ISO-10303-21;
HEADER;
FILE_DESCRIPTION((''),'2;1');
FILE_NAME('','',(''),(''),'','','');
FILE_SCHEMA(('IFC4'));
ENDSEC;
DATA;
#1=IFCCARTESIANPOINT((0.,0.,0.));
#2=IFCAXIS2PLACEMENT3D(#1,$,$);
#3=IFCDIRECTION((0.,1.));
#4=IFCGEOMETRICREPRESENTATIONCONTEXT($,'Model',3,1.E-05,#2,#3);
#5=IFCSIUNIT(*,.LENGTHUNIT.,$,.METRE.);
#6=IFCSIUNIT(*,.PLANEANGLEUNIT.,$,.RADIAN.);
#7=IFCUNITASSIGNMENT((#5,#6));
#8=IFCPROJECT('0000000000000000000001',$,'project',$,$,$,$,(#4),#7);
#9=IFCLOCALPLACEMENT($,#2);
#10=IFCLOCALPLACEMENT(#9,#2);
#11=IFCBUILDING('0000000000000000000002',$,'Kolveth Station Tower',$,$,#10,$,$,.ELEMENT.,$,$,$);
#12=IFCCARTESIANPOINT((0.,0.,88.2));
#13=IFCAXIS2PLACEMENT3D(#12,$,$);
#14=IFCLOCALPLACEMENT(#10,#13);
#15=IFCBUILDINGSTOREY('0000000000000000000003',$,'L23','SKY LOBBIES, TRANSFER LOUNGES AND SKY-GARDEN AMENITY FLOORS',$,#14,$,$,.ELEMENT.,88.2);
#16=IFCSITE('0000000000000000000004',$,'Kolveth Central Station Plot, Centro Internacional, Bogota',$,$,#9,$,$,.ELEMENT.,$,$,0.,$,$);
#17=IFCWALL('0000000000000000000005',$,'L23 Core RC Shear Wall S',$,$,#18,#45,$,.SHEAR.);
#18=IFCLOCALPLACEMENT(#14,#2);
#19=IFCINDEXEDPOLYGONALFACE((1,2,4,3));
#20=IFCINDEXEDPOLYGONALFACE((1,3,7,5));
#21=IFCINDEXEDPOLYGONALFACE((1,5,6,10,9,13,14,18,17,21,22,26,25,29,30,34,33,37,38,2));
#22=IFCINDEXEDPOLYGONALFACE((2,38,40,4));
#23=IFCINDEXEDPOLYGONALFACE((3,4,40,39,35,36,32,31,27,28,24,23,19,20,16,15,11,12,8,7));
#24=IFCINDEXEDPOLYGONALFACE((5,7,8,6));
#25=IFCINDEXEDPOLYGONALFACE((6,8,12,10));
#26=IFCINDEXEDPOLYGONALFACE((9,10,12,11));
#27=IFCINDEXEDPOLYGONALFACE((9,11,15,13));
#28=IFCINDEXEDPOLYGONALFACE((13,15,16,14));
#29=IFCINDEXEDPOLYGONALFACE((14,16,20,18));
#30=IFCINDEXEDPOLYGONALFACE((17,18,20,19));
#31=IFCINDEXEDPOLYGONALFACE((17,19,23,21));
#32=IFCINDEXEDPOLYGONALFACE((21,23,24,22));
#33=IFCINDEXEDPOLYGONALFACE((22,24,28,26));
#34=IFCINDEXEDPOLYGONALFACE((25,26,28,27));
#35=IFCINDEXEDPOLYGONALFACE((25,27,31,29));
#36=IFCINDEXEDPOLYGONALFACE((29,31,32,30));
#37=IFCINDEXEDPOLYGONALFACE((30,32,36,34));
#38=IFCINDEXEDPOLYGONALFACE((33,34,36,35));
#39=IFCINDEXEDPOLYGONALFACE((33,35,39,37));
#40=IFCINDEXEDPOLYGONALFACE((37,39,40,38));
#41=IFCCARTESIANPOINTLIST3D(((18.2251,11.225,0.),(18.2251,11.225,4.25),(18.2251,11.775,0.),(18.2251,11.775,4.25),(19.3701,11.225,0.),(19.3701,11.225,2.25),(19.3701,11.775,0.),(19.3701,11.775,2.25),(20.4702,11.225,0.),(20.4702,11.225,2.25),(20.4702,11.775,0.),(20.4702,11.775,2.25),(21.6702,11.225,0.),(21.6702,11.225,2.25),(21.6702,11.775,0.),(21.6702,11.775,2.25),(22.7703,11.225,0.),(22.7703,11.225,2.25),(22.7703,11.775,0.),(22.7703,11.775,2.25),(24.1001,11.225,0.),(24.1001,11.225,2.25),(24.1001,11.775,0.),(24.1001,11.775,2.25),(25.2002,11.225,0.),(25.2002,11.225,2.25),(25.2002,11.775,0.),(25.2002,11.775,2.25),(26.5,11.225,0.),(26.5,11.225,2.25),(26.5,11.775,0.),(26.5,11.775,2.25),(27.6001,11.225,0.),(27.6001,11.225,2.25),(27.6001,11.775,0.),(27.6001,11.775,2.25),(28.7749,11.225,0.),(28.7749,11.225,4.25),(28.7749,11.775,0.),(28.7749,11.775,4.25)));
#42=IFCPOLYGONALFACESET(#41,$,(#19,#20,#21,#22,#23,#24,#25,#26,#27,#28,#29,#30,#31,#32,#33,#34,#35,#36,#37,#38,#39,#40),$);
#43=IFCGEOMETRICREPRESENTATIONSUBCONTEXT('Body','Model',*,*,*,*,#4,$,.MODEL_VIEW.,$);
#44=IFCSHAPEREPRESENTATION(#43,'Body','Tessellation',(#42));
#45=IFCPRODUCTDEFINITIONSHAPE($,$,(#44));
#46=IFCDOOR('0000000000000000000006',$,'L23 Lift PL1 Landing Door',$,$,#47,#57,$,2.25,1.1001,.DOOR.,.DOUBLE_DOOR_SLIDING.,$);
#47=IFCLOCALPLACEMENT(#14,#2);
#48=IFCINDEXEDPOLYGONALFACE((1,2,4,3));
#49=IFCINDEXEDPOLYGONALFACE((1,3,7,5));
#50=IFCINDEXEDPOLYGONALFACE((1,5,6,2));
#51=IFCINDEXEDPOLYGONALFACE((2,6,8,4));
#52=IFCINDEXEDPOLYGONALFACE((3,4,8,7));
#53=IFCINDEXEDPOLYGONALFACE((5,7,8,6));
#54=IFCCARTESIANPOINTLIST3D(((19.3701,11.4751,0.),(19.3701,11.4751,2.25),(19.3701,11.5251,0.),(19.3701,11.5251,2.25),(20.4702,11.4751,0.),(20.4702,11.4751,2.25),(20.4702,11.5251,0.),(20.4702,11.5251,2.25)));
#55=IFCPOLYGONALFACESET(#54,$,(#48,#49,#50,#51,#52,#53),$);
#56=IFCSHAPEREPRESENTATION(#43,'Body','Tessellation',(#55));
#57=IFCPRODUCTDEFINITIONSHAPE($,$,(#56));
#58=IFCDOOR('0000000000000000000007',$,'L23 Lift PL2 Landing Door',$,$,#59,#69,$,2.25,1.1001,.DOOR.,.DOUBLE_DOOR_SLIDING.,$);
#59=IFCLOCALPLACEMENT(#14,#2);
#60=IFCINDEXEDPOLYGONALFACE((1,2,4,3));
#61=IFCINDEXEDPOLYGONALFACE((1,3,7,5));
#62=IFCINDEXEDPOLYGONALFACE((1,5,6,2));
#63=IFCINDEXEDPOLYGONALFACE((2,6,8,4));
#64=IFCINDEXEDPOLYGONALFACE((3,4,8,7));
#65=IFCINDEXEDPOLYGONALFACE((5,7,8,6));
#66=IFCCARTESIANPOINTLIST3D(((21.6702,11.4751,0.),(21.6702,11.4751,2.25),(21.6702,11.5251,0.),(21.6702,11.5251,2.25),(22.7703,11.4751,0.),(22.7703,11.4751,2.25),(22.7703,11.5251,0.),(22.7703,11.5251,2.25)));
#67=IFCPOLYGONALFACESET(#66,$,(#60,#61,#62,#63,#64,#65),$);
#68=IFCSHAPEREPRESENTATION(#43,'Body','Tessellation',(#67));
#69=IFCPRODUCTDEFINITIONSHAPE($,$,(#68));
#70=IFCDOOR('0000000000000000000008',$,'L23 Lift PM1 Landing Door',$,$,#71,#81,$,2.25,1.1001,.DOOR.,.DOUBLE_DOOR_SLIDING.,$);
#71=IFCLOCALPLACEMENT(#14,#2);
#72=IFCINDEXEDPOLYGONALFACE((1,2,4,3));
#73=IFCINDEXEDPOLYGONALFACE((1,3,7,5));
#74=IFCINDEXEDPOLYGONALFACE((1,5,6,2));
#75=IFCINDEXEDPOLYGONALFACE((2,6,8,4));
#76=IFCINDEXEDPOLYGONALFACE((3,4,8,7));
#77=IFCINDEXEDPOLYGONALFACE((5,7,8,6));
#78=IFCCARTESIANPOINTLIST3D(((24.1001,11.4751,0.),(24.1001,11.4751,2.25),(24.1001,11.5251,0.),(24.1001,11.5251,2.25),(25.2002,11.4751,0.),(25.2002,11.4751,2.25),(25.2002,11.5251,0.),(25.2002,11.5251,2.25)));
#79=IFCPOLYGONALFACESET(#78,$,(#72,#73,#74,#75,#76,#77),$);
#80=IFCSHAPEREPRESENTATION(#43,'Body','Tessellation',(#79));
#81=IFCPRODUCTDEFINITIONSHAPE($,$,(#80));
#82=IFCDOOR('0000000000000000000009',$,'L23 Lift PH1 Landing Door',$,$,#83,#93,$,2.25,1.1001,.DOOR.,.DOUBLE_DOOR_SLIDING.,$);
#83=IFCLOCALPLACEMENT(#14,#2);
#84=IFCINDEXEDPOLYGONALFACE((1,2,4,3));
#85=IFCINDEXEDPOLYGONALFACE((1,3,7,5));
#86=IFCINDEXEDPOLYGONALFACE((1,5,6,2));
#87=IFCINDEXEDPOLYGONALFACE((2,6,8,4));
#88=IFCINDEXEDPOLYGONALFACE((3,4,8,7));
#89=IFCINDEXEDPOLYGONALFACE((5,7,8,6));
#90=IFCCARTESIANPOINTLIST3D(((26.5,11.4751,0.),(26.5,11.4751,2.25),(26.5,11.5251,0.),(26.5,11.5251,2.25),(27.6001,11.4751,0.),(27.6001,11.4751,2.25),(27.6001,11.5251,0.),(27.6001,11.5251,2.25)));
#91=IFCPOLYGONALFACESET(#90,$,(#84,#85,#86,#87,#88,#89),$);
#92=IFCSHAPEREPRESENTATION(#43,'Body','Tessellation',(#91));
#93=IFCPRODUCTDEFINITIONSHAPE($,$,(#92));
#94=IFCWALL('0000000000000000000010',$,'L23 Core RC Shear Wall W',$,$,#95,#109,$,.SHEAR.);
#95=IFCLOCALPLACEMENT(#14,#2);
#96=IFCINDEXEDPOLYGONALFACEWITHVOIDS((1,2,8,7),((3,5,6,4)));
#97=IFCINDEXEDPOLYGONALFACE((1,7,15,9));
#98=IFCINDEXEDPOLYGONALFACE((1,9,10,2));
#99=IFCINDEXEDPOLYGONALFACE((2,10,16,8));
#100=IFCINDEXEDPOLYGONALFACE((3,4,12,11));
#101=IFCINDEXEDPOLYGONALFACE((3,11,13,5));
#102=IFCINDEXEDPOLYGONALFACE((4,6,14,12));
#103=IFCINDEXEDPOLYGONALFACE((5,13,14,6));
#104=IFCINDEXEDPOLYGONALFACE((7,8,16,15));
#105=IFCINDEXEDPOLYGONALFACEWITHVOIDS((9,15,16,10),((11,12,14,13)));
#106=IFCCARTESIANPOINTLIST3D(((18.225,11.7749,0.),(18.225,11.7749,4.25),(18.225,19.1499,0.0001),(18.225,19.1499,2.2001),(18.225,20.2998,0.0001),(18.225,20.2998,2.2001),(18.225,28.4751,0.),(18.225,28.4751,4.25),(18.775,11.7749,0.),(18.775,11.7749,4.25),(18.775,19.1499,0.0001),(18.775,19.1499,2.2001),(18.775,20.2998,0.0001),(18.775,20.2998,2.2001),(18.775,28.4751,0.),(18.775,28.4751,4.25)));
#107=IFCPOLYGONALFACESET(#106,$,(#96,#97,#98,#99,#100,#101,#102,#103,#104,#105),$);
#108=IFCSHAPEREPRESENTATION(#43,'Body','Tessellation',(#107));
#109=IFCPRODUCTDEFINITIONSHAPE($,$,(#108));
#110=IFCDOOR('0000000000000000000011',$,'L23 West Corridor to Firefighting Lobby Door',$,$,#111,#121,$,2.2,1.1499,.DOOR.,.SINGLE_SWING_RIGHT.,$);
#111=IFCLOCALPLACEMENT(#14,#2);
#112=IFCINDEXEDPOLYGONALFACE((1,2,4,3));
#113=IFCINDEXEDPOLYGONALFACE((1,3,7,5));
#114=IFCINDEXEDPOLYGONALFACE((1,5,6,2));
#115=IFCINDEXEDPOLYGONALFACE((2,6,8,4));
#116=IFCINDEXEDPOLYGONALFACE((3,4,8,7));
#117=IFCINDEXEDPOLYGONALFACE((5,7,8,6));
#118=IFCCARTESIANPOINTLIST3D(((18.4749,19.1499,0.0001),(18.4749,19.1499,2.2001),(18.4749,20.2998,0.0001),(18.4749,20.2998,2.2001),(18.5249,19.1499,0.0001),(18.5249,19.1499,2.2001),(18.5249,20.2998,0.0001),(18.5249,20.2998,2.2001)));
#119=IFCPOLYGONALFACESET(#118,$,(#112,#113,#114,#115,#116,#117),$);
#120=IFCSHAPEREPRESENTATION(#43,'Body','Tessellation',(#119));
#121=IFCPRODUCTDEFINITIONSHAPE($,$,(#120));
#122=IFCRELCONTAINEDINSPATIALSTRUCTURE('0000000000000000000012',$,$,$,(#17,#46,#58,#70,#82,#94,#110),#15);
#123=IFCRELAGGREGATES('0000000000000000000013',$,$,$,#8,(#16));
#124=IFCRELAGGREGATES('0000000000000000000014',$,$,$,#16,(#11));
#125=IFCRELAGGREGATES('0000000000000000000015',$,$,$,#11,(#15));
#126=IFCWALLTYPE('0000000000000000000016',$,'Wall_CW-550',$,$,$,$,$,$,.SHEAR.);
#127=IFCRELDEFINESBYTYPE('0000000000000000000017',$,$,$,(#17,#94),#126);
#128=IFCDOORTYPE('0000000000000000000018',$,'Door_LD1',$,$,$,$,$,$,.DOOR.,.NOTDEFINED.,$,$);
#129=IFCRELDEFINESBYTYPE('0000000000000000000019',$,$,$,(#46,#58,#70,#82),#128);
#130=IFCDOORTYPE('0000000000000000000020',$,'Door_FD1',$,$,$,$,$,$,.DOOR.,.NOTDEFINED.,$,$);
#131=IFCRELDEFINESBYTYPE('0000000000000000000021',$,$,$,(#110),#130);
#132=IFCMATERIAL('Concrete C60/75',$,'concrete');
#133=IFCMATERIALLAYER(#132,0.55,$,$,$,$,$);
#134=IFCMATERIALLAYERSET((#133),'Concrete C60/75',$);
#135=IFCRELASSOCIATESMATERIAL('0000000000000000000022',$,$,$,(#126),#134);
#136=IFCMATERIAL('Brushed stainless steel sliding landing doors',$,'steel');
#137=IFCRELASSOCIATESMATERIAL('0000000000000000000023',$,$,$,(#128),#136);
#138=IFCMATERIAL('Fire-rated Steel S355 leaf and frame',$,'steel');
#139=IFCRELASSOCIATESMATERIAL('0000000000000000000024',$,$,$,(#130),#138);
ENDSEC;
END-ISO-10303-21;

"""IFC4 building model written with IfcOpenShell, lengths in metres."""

from ifc_helpers import new_model, si_unit, direction, frame, frame_2d, origin, place, context, subcontext, project, spatial, rectangle, extrude, material, layer, layer_set, type_object, element, fill, save


model = new_model("IFC4")

# Units and contexts
model_context = context("Model", 3, precision=1e-05, world=origin(), true_north=direction((0.0, 1.0)))
body_context = subcontext(model_context, "Body", "Model", "MODEL_VIEW")
ifc_project = project(units=[si_unit("LENGTHUNIT", "METRE"), si_unit("PLANEANGLEUNIT", "RADIAN")], contexts=[model_context])

# Site, building, storey
site_placement = place(None, origin())
site = spatial("IfcSite", under=ifc_project, at=site_placement, Name="Kolveth Central Station Plot, Centro Internacional, Bogota", CompositionType="ELEMENT", RefElevation=0.0)
building_placement = place(site_placement, origin())
building = spatial("IfcBuilding", under=site, at=building_placement, Name="Kolveth Station Tower", CompositionType="ELEMENT")
storey_placement = place(building_placement, frame((0.0, 0.0, 88.2)))
storey = spatial("IfcBuildingStorey", under=building, at=storey_placement, Name="L23", Description="SKY LOBBIES, TRANSFER LOUNGES AND SKY-GARDEN AMENITY FLOORS", CompositionType="ELEMENT", Elevation=88.2)

# Wall, openings, doors
ifc_material_1 = material(Name="Concrete C60/75", Category="concrete")
ifc_layer_1 = layer(ifc_material_1, 0.55)
ifc_layer_set_1 = layer_set([ifc_layer_1], Name="Concrete C60/75")
wall_type_1 = type_object("IfcWallType", Name="Wall_CW-550", PredefinedType="SHEAR", material=ifc_layer_set_1)
wall_1_placement = place(storey_placement, frame((18.2251, 11.5, 0.0), z_axis=(0.0, 0.0, 1.0), x_axis=(1.0, 0.0, 0.0)))
wall_1 = element("IfcWall", 1, at=wall_1_placement, inside=storey, type_object=wall_type_1, Name="L23 Core RC Shear Wall S", PredefinedType="SHEAR", context=body_context, shape_type="SweptSolid", body=[
    extrude(rectangle(XDim=10.5498, YDim=0.55, at=frame_2d((5.2749, 0.0))), origin(), (0.0, 0.0, 1.0), 4.25),
])
opening_1_placement = place(wall_1_placement, frame((1.145, 0.0, 0.0)))
opening_1 = element("IfcOpeningElement", 2, at=opening_1_placement, cuts=wall_1, PredefinedType="OPENING", context=body_context, shape_type="SweptSolid", body=[
    extrude(rectangle(XDim=1.1001, YDim=2.25, at=frame_2d((0.55, 1.125))), frame((0.0, 0.2849, 0.0), z_axis=(0.0, -1.0, 0.0), x_axis=(1.0, 0.0, 0.0)), (0.0, 0.0, 1.0), 0.5701),
])
opening_2_placement = place(wall_1_placement, frame((3.4451, 0.0, 0.0)))
opening_2 = element("IfcOpeningElement", 3, at=opening_2_placement, cuts=wall_1, PredefinedType="OPENING", context=body_context, shape_type="SweptSolid", body=[
    extrude(rectangle(XDim=1.1001, YDim=2.25, at=frame_2d((0.55, 1.125))), frame((0.0, 0.2849, 0.0), z_axis=(0.0, -1.0, 0.0), x_axis=(1.0, 0.0, 0.0)), (0.0, 0.0, 1.0), 0.5701),
])
opening_3_placement = place(wall_1_placement, frame((5.875, 0.0, 0.0)))
opening_3 = element("IfcOpeningElement", 4, at=opening_3_placement, cuts=wall_1, PredefinedType="OPENING", context=body_context, shape_type="SweptSolid", body=[
    extrude(rectangle(XDim=1.1001, YDim=2.25, at=frame_2d((0.55, 1.125))), frame((0.0, 0.2849, 0.0), z_axis=(0.0, -1.0, 0.0), x_axis=(1.0, 0.0, 0.0)), (0.0, 0.0, 1.0), 0.5701),
])
opening_4_placement = place(wall_1_placement, frame((8.2749, 0.0, 0.0)))
opening_4 = element("IfcOpeningElement", 5, at=opening_4_placement, cuts=wall_1, PredefinedType="OPENING", context=body_context, shape_type="SweptSolid", body=[
    extrude(rectangle(XDim=1.1001, YDim=2.25, at=frame_2d((0.55, 1.125))), frame((0.0, 0.2849, 0.0), z_axis=(0.0, -1.0, 0.0), x_axis=(1.0, 0.0, 0.0)), (0.0, 0.0, 1.0), 0.5701),
])
ifc_material_2 = material(Name="Brushed stainless steel sliding landing doors", Category="steel")
door_type_1 = type_object("IfcDoorType", Name="Door_LD1", OperationType="NOTDEFINED", PredefinedType="DOOR", material=ifc_material_2)
door_1_placement = place(opening_1_placement, frame((1.1001, 0.0, 0.0), z_axis=(0.0, 0.0, 1.0), x_axis=(-1.0, 0.0, 0.0)))
door_1 = element("IfcDoor", 6, at=door_1_placement, inside=storey, type_object=door_type_1, Name="L23 Lift PL1 Landing Door", OperationType="DOUBLE_DOOR_SLIDING", OverallHeight=2.25, OverallWidth=1.1001, PredefinedType="DOOR", context=body_context, shape_type="SweptSolid", body=[
    extrude(rectangle(XDim=1.1001, YDim=2.25, at=frame_2d((0.55, 1.125))), frame((0.0, 0.0249, 0.0), z_axis=(0.0, -1.0, 0.0), x_axis=(1.0, 0.0, 0.0)), (0.0, 0.0, 1.0), 0.05),
])
fill(opening_1, door_1)
door_2_placement = place(opening_2_placement, frame((1.1001, 0.0, 0.0), z_axis=(0.0, 0.0, 1.0), x_axis=(-1.0, 0.0, 0.0)))
door_2 = element("IfcDoor", 7, at=door_2_placement, inside=storey, type_object=door_type_1, Name="L23 Lift PL2 Landing Door", OperationType="DOUBLE_DOOR_SLIDING", OverallHeight=2.25, OverallWidth=1.1001, PredefinedType="DOOR", context=body_context, shape_type="SweptSolid", body=[
    extrude(rectangle(XDim=1.1001, YDim=2.25, at=frame_2d((0.55, 1.125))), frame((0.0, 0.0249, 0.0), z_axis=(0.0, -1.0, 0.0), x_axis=(1.0, 0.0, 0.0)), (0.0, 0.0, 1.0), 0.05),
])
fill(opening_2, door_2)
door_3_placement = place(opening_3_placement, frame((1.1001, 0.0, 0.0), z_axis=(0.0, 0.0, 1.0), x_axis=(-1.0, 0.0, 0.0)))
door_3 = element("IfcDoor", 8, at=door_3_placement, inside=storey, type_object=door_type_1, Name="L23 Lift PM1 Landing Door", OperationType="DOUBLE_DOOR_SLIDING", OverallHeight=2.25, OverallWidth=1.1001, PredefinedType="DOOR", context=body_context, shape_type="SweptSolid", body=[
    extrude(rectangle(XDim=1.1001, YDim=2.25, at=frame_2d((0.55, 1.125))), frame((0.0, 0.0249, 0.0), z_axis=(0.0, -1.0, 0.0), x_axis=(1.0, 0.0, 0.0)), (0.0, 0.0, 1.0), 0.05),
])
fill(opening_3, door_3)
door_4_placement = place(opening_4_placement, frame((1.1001, 0.0, 0.0), z_axis=(0.0, 0.0, 1.0), x_axis=(-1.0, 0.0, 0.0)))
door_4 = element("IfcDoor", 9, at=door_4_placement, inside=storey, type_object=door_type_1, Name="L23 Lift PH1 Landing Door", OperationType="DOUBLE_DOOR_SLIDING", OverallHeight=2.25, OverallWidth=1.1001, PredefinedType="DOOR", context=body_context, shape_type="SweptSolid", body=[
    extrude(rectangle(XDim=1.1001, YDim=2.25, at=frame_2d((0.55, 1.125))), frame((0.0, 0.0249, 0.0), z_axis=(0.0, -1.0, 0.0), x_axis=(1.0, 0.0, 0.0)), (0.0, 0.0, 1.0), 0.05),
])
fill(opening_4, door_4)

# Wall, opening, door
wall_2_placement = place(storey_placement, frame((18.5, 11.7749, 0.0), z_axis=(0.0, 0.0, 1.0), x_axis=(0.0, 1.0, 0.0)))
wall_2 = element("IfcWall", 10, at=wall_2_placement, inside=storey, type_object=wall_type_1, Name="L23 Core RC Shear Wall W", PredefinedType="SHEAR", context=body_context, shape_type="SweptSolid", body=[
    extrude(rectangle(XDim=16.7002, YDim=0.55, at=frame_2d((8.3501, 0.0))), origin(), (0.0, 0.0, 1.0), 4.25),
])
opening_5_placement = place(wall_2_placement, frame((7.375, 0.0, 0.0)))
opening_5 = element("IfcOpeningElement", 11, at=opening_5_placement, cuts=wall_2, PredefinedType="OPENING", context=body_context, shape_type="SweptSolid", body=[
    extrude(rectangle(XDim=1.1499, YDim=2.2, at=frame_2d((0.575, 1.1001))), frame((0.0, 0.2849, 0.0), z_axis=(0.0, -1.0, 0.0), x_axis=(1.0, 0.0, 0.0)), (0.0, 0.0, 1.0), 0.5701),
])
ifc_material_3 = material(Name="Fire-rated Steel S355 leaf and frame", Category="steel")
door_type_2 = type_object("IfcDoorType", Name="Door_FD1", OperationType="NOTDEFINED", PredefinedType="DOOR", material=ifc_material_3)
door_5_placement = place(opening_5_placement, frame((1.1499, 0.0, 0.0), z_axis=(0.0, 0.0, 1.0), x_axis=(-1.0, 0.0, 0.0)))
door_5 = element("IfcDoor", 12, at=door_5_placement, inside=storey, type_object=door_type_2, Name="L23 West Corridor to Firefighting Lobby Door", OperationType="SINGLE_SWING_RIGHT", OverallHeight=2.2, OverallWidth=1.1499, PredefinedType="DOOR", context=body_context, shape_type="SweptSolid", body=[
    extrude(rectangle(XDim=1.1499, YDim=2.2, at=frame_2d((0.575, 1.1001))), frame((0.0, 0.0249, 0.0), z_axis=(0.0, -1.0, 0.0), x_axis=(1.0, 0.0, 0.0)), (0.0, 0.0, 1.0), 0.05),
])
fill(opening_5, door_5)

save(model, "model.ifc")
